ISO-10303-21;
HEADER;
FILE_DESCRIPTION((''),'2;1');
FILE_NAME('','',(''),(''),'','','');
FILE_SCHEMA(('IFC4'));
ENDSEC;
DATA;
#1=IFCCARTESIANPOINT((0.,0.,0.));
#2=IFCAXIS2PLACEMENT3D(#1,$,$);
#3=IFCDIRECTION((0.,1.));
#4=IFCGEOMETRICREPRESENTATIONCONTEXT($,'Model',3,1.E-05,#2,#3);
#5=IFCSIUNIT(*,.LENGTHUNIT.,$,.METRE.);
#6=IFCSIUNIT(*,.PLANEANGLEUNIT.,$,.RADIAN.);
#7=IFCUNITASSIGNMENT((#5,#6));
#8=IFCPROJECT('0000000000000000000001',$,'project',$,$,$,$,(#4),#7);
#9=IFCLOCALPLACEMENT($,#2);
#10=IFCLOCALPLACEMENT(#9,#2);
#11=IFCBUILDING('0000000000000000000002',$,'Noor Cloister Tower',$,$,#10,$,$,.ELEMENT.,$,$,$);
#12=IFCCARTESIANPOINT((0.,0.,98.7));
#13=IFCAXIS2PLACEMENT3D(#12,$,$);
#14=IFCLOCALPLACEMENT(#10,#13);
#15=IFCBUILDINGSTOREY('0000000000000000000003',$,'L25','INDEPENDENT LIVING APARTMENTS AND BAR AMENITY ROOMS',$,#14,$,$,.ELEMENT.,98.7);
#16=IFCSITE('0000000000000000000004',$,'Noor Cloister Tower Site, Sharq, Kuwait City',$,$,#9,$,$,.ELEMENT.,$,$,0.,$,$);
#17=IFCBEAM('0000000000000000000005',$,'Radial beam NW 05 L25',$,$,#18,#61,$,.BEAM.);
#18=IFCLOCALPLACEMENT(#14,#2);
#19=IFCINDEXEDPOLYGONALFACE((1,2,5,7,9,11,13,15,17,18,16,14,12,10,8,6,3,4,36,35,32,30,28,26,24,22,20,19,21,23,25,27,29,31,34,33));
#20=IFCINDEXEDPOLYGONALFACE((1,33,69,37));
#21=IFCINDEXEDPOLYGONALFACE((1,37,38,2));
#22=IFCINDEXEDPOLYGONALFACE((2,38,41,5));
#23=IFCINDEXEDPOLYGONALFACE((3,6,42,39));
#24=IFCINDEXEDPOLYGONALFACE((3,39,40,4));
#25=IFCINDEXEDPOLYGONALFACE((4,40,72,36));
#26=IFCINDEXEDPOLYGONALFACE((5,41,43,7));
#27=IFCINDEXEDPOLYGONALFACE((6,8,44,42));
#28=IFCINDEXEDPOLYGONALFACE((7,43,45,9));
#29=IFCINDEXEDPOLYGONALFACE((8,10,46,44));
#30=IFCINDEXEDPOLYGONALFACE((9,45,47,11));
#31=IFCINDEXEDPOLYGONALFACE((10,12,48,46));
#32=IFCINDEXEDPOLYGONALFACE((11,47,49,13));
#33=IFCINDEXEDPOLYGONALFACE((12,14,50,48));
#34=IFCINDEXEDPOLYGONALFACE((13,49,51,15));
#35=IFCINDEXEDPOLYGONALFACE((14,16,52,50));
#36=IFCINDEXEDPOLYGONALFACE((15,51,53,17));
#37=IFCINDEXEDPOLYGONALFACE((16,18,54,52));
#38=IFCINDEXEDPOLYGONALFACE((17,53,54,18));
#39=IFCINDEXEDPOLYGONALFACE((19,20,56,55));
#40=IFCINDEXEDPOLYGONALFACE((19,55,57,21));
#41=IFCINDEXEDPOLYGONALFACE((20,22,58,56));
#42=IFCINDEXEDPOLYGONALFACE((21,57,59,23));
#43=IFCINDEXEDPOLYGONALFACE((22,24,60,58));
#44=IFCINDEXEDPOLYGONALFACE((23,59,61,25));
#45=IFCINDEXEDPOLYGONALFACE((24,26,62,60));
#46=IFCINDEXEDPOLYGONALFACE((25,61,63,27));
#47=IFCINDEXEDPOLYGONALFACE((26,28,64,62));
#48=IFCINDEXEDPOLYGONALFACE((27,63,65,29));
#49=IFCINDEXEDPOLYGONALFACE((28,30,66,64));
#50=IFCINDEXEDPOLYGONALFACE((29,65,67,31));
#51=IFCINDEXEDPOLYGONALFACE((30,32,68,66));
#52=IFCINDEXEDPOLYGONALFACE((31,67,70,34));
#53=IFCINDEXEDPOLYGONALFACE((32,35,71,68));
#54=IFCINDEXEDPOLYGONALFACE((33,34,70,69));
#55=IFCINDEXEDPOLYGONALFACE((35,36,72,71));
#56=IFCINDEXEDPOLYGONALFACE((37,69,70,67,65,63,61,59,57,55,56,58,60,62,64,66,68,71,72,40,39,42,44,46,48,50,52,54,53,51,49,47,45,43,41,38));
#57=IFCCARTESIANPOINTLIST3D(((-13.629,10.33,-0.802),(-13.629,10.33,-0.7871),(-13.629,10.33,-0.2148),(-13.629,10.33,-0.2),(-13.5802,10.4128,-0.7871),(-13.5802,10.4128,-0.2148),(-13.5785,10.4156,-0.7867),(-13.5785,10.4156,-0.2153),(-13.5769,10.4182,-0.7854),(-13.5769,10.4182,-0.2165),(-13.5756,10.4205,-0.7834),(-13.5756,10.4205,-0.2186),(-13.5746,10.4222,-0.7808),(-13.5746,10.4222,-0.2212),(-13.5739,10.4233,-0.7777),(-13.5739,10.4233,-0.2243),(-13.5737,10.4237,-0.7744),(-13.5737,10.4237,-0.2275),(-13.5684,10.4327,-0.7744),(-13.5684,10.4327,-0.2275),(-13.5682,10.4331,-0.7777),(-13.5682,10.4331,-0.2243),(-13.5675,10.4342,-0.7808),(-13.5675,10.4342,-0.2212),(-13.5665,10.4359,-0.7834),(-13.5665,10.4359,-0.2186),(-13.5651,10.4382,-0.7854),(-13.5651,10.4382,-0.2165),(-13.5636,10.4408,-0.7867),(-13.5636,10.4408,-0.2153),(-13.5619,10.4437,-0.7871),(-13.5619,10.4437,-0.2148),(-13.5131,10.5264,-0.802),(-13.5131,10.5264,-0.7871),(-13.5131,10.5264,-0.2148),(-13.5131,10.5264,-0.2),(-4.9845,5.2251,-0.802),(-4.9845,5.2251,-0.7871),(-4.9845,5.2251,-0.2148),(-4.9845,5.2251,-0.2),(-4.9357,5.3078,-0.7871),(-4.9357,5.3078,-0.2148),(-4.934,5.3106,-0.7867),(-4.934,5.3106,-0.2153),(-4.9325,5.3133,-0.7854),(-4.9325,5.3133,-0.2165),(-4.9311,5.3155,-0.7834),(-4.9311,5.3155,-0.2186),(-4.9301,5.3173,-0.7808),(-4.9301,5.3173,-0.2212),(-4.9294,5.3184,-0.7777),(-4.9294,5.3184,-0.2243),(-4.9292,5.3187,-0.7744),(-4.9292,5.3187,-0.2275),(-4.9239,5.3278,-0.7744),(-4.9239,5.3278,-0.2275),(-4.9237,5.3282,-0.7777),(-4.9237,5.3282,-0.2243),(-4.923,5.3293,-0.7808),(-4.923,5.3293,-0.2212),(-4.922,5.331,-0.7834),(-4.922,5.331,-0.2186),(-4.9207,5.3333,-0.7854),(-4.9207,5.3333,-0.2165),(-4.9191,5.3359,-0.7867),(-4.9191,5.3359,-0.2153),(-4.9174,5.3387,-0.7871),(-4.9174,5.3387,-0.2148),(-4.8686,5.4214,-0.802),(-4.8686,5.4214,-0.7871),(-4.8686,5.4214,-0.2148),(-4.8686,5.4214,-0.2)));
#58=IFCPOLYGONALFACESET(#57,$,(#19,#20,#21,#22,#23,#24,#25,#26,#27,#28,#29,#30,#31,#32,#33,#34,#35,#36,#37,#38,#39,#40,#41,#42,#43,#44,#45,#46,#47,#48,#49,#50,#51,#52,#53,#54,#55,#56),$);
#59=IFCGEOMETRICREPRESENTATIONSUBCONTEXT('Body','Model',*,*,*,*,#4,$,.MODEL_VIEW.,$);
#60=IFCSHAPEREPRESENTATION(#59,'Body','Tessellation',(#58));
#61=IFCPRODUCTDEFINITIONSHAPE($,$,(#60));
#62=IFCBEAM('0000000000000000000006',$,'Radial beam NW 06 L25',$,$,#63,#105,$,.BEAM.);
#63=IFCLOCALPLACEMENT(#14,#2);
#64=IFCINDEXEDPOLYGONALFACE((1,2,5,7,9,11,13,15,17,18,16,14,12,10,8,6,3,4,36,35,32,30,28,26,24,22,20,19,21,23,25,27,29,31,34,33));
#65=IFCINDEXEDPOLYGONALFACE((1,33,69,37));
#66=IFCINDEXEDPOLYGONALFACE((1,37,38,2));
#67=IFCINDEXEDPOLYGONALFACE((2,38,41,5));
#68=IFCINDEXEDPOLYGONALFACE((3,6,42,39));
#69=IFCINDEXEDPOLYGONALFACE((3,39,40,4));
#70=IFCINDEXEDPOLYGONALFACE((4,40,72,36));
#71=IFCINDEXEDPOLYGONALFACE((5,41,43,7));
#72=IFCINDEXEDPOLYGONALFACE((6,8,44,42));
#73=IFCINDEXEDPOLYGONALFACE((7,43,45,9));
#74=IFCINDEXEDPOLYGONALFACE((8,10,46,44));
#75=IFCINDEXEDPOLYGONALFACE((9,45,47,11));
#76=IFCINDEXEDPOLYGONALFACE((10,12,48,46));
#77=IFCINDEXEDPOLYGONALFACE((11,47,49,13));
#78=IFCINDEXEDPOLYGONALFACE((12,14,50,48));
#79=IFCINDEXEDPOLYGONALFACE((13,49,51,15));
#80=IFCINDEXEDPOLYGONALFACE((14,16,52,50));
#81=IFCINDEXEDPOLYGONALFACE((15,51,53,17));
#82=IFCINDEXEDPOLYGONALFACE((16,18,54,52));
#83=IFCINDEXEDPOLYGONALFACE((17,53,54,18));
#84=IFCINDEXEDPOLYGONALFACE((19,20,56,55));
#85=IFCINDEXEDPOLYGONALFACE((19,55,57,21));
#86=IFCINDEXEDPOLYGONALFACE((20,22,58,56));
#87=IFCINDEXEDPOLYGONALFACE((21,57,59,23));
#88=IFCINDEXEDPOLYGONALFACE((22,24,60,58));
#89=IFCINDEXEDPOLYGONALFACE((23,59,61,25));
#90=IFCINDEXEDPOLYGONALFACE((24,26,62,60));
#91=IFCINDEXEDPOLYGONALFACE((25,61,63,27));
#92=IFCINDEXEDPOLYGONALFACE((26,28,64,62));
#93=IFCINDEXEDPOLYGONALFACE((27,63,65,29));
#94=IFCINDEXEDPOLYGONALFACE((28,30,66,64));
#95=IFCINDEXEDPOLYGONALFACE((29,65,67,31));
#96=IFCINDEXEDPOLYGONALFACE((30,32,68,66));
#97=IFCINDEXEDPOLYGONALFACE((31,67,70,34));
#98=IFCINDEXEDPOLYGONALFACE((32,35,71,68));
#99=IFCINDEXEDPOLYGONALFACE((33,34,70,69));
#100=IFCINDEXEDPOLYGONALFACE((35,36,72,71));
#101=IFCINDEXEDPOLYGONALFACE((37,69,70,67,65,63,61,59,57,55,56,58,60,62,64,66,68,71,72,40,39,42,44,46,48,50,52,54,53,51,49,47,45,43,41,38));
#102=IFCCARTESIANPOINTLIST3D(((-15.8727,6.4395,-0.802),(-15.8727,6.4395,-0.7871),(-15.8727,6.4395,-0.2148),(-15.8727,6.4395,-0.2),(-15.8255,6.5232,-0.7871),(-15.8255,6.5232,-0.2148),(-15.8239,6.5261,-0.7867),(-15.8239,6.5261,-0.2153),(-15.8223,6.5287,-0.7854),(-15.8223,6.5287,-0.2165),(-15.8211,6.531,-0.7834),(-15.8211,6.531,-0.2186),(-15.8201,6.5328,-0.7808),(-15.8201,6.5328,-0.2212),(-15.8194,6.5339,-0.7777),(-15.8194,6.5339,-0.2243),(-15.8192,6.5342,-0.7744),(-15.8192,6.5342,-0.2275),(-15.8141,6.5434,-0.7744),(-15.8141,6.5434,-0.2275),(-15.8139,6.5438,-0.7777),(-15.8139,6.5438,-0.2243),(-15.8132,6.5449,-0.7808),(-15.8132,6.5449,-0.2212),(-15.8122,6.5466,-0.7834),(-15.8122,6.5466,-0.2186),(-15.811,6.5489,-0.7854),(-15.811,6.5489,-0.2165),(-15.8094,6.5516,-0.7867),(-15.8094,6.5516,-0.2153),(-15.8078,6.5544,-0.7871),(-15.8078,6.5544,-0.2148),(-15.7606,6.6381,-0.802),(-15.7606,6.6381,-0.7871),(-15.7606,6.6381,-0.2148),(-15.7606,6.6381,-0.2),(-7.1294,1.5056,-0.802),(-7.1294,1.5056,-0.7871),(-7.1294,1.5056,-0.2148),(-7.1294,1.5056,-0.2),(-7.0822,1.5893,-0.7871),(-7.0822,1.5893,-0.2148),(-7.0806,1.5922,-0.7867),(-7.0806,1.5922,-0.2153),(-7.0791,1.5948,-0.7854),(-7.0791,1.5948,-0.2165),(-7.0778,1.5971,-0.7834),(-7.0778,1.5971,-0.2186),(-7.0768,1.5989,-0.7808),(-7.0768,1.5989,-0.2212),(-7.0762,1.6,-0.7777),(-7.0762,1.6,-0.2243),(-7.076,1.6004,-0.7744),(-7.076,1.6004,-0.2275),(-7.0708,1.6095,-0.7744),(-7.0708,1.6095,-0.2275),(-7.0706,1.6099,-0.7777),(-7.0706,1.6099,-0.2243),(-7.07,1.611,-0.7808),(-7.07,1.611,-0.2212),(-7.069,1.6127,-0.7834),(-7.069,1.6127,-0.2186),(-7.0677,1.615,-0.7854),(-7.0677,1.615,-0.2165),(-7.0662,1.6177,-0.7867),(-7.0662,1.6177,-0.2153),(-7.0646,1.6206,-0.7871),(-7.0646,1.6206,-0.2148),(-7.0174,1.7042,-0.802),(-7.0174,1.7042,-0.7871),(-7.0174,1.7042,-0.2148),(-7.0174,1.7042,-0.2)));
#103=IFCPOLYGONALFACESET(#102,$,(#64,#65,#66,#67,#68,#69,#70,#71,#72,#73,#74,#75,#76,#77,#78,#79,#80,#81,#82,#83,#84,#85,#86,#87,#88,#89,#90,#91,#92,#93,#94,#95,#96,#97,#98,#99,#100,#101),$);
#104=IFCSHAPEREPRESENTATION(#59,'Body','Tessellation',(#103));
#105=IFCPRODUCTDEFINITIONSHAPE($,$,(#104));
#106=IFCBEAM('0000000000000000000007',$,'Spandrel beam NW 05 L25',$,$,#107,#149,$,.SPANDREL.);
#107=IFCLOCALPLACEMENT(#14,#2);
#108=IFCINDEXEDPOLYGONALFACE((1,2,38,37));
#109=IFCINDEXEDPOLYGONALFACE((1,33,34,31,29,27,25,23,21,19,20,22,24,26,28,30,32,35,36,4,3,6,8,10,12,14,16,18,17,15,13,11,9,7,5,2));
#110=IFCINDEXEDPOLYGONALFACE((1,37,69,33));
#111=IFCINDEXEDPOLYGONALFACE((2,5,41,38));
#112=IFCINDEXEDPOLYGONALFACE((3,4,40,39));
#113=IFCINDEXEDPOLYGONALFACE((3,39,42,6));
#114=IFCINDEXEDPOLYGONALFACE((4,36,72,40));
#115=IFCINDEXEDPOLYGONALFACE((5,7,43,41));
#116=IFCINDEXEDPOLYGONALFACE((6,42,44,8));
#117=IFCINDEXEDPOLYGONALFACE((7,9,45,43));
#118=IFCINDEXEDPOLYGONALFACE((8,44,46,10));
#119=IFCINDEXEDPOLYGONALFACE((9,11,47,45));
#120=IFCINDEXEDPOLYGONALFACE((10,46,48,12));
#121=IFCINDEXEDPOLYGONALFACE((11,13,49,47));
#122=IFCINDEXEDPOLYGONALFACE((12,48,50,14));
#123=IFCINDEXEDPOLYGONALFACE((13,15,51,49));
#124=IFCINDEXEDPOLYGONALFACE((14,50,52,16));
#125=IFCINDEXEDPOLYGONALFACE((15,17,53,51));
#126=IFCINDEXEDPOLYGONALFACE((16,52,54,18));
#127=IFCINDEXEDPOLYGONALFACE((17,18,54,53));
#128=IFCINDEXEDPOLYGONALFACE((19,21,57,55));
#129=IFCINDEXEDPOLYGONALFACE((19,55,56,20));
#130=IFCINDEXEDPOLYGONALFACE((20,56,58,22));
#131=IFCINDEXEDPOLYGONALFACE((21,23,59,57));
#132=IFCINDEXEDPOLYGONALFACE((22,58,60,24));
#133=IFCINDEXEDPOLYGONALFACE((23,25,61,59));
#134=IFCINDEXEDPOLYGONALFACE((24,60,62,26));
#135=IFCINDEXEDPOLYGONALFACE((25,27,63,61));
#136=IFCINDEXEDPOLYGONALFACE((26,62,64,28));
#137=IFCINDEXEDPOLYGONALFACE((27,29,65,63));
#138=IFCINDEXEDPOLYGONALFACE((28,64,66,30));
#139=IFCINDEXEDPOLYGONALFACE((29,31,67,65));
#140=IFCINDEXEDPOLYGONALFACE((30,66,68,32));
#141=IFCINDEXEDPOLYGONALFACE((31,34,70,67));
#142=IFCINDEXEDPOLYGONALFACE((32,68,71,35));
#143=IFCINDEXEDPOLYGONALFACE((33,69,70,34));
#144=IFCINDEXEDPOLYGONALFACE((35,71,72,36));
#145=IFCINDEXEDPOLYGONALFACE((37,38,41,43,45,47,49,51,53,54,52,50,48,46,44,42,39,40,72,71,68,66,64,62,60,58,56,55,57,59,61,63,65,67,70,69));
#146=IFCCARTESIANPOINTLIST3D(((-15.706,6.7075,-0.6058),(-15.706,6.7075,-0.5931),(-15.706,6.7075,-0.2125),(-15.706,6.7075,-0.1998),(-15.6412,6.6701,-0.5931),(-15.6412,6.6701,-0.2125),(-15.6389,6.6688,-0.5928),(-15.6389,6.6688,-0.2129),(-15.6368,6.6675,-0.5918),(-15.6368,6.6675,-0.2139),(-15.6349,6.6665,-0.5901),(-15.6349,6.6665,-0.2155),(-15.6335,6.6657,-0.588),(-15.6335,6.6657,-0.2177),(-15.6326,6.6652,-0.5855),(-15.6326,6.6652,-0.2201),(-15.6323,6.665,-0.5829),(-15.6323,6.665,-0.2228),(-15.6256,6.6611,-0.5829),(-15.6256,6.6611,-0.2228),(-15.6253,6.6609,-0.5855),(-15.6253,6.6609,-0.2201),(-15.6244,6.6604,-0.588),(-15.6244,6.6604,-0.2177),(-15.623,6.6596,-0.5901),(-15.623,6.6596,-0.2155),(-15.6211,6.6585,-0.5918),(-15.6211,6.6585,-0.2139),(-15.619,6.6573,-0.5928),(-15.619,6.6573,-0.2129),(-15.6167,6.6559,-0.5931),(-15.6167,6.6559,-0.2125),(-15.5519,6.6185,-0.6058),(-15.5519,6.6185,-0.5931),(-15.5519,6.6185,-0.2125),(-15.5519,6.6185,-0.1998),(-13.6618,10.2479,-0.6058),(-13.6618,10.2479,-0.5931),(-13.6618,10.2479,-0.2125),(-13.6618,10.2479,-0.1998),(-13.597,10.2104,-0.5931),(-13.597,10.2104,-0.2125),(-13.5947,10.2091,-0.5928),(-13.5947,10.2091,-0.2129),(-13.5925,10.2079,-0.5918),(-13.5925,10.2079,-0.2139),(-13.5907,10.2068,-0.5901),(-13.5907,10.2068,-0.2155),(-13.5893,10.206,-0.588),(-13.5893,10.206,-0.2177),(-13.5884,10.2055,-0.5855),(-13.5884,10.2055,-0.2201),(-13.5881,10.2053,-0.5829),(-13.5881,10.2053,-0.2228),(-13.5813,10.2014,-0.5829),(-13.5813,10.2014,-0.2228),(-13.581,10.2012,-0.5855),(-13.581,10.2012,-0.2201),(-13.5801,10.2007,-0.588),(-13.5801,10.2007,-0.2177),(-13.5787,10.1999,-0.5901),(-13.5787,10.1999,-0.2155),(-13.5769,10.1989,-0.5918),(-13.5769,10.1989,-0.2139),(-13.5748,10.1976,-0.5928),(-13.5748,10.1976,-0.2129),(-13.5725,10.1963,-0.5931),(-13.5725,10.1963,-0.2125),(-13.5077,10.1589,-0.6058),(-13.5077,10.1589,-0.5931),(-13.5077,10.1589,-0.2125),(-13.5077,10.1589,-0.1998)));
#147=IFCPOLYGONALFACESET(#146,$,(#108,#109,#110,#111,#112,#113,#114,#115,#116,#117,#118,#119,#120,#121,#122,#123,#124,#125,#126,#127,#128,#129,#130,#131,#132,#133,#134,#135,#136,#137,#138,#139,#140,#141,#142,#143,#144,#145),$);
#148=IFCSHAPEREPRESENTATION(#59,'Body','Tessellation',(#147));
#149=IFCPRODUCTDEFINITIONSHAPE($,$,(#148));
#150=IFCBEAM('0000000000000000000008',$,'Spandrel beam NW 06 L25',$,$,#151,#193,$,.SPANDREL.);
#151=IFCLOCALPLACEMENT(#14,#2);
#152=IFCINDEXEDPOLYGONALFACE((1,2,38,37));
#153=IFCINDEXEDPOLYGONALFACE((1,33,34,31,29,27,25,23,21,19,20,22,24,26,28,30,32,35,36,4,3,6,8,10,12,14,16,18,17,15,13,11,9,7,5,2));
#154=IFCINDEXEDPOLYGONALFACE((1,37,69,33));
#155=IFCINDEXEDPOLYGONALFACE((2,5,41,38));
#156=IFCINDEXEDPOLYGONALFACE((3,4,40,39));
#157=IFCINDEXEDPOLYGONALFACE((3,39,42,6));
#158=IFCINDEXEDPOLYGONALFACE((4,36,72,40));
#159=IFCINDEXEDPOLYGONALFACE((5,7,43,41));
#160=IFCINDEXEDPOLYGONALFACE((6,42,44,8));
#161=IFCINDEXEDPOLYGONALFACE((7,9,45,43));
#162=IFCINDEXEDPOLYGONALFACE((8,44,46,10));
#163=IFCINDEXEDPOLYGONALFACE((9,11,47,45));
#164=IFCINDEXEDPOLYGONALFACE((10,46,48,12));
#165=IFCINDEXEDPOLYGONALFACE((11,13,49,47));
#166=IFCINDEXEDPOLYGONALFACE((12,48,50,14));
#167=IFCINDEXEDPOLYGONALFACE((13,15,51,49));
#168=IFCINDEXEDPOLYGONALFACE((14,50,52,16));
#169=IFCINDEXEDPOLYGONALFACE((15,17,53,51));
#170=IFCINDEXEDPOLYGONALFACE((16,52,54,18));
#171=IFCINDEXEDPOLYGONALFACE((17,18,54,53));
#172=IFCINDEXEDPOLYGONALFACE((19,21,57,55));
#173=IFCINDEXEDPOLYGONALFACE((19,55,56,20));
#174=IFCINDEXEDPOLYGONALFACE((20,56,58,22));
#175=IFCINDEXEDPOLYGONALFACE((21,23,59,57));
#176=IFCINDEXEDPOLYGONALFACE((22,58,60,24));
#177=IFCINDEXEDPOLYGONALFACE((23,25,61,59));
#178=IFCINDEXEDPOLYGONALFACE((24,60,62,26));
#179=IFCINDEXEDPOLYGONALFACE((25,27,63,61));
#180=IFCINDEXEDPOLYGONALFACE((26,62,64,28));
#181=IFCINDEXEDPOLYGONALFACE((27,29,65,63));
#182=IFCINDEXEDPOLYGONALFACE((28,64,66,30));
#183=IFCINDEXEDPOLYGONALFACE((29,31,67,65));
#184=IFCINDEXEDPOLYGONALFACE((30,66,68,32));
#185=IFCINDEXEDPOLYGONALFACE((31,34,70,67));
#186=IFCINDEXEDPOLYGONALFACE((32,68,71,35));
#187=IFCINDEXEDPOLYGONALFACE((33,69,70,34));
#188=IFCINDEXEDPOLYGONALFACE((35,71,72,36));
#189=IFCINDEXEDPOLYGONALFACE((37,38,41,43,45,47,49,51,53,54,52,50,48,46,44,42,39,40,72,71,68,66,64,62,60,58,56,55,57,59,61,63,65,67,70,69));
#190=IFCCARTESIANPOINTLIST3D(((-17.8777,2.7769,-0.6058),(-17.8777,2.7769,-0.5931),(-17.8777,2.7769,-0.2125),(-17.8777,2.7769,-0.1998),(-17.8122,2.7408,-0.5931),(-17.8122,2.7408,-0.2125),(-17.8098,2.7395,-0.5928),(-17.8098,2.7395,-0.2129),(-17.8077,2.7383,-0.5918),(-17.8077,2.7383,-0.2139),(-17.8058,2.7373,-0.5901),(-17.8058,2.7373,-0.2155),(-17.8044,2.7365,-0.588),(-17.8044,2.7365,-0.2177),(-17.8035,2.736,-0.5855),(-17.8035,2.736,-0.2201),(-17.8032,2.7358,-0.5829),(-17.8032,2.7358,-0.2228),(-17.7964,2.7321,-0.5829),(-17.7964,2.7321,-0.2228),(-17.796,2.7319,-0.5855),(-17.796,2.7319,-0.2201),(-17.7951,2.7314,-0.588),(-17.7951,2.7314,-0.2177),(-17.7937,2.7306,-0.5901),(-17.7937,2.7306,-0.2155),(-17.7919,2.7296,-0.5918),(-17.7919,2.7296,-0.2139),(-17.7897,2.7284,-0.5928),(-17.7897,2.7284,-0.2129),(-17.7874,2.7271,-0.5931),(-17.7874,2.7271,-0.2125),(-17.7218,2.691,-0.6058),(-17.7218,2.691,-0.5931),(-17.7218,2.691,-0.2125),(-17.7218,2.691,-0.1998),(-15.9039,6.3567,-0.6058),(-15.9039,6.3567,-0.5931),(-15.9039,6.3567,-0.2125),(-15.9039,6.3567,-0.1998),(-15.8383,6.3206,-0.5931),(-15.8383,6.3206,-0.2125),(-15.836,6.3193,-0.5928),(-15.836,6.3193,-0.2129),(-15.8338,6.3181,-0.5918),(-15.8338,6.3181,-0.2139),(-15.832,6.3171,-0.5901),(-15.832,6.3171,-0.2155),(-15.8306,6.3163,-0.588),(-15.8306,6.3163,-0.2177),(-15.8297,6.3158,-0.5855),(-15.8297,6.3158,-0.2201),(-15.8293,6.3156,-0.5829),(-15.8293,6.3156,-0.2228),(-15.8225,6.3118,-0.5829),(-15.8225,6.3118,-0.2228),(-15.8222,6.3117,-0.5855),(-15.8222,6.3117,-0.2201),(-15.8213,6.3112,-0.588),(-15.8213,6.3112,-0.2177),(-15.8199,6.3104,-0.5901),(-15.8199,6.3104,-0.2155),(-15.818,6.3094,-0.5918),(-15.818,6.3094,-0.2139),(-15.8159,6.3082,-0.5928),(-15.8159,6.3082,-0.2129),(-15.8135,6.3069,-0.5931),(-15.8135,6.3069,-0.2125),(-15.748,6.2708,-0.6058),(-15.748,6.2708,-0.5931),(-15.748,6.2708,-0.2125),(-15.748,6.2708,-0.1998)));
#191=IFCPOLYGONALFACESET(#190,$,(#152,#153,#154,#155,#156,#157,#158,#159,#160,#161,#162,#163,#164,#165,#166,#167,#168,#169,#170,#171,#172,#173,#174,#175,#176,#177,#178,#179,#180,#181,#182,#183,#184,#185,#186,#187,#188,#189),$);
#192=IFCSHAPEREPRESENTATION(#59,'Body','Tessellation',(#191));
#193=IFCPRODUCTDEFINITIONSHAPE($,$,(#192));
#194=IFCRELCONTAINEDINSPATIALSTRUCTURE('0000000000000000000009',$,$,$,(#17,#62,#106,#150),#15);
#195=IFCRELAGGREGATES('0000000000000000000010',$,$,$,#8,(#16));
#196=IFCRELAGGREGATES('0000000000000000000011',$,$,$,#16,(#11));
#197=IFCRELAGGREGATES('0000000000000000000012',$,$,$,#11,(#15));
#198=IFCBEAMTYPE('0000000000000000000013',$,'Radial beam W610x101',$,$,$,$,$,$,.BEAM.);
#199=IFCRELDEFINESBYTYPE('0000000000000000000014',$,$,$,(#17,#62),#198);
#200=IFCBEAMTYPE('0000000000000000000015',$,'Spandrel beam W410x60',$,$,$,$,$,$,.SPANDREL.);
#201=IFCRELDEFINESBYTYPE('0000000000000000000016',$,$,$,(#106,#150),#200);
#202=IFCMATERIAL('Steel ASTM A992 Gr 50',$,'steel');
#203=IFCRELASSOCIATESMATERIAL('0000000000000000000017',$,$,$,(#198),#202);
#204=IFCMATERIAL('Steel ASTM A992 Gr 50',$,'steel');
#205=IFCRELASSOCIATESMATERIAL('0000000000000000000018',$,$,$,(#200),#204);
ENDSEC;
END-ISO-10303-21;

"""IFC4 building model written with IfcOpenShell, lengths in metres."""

from ifc_helpers import new_model, si_unit, direction, frame, origin, origin_2d, place, context, subcontext, project, spatial, i_section, extrude, material, material_profile, profile_set, type_object, element, save


model = new_model("IFC4")

# Units and contexts
model_context = context("Model", 3, precision=1e-05, world=origin(), true_north=direction((0.0, 1.0)))
body_context = subcontext(model_context, "Body", "Model", "MODEL_VIEW")
ifc_project = project(units=[si_unit("LENGTHUNIT", "METRE"), si_unit("PLANEANGLEUNIT", "RADIAN")], contexts=[model_context])

# Site, building, storey
site_placement = place(None, origin())
site = spatial("IfcSite", under=ifc_project, at=site_placement, Name="Noor Cloister Tower Site, Sharq, Kuwait City", CompositionType="ELEMENT", RefElevation=0.0)
building_placement = place(site_placement, origin())
building = spatial("IfcBuilding", under=site, at=building_placement, Name="Noor Cloister Tower", CompositionType="ELEMENT")
storey_placement = place(building_placement, frame((0.0, 0.0, 98.7)))
storey = spatial("IfcBuildingStorey", under=building, at=storey_placement, Name="L25", Description="INDEPENDENT LIVING APARTMENTS AND BAR AMENITY ROOMS", CompositionType="ELEMENT", Elevation=98.7)

# Beams
ifc_material_1 = material(Name="Steel ASTM A992 Gr 50", Category="steel")
ifc_material_profile_1 = material_profile(ifc_material_1, i_section(OverallWidth=0.228, OverallDepth=0.6021, WebThickness=0.0105, FlangeThickness=0.0149, FilletRadius=0.0127, at=origin_2d()), Name="W610x101")
ifc_profile_set_1 = profile_set([ifc_material_profile_1], Name="Steel ASTM A992 Gr 50")
beam_type_1 = type_object("IfcBeamType", Name="Radial beam W610x101", PredefinedType="BEAM", material=ifc_profile_set_1)
for number, where, z_axis, x_axis, name in (
    (1, (-13.571, 10.4282, -0.501), (0.861064, -0.508497, 0.0), (0.508497, 0.861064, 0.0), "Radial beam NW 05 L25"),
    (2, (-15.8167, 6.5388, -0.501), (0.870902, -0.491457, 0.0), (0.491457, 0.870902, 0.0), "Radial beam NW 06 L25"),
):
    element("IfcBeam", number, at=place(storey_placement, frame(where, z_axis=z_axis, x_axis=x_axis)), inside=storey, type_object=beam_type_1, Name=name, PredefinedType="BEAM", context=body_context, shape_type="SweptSolid", body=[
        extrude(i_section(OverallWidth=0.228, OverallDepth=0.6021, WebThickness=0.0105, FlangeThickness=0.0149, FilletRadius=0.0127, at=origin_2d()), origin(), (0.0, 0.0, 1.0), 10.0393),
    ])
ifc_material_2 = material(Name="Steel ASTM A992 Gr 50", Category="steel")
ifc_material_profile_2 = material_profile(ifc_material_2, i_section(OverallWidth=0.178, OverallDepth=0.406, WebThickness=0.0078, FlangeThickness=0.0127, FilletRadius=0.0103, at=origin_2d()), Name="W410x60")
ifc_profile_set_2 = profile_set([ifc_material_profile_2], Name="Steel ASTM A992 Gr 50")
beam_type_2 = type_object("IfcBeamType", Name="Spandrel beam W410x60", PredefinedType="SPANDREL", material=ifc_profile_set_2)
beam_1_placement = place(storey_placement, frame((-13.5847, 10.2034, -0.4028), z_axis=(-0.500038, -0.866004, 0.0), x_axis=(0.866004, -0.500038, 0.0)))
element("IfcBeam", 3, at=beam_1_placement, inside=storey, type_object=beam_type_2, Name="Spandrel beam NW 05 L25", PredefinedType="SPANDREL", context=body_context, shape_type="SweptSolid", body=[
    extrude(i_section(OverallWidth=0.178, OverallDepth=0.406, WebThickness=0.0078, FlangeThickness=0.0127, FilletRadius=0.0103, at=origin_2d()), origin(), (0.0, 0.0, 1.0), 4.0881),
])
beam_2_placement = place(storey_placement, frame((-15.8259, 6.3137, -0.4028), z_axis=(-0.482852, -0.875702, 0.0), x_axis=(0.875702, -0.482852, 0.0)))
element("IfcBeam", 4, at=beam_2_placement, inside=storey, type_object=beam_type_2, Name="Spandrel beam NW 06 L25", PredefinedType="SPANDREL", context=body_context, shape_type="SweptSolid", body=[
    extrude(i_section(OverallWidth=0.178, OverallDepth=0.406, WebThickness=0.0078, FlangeThickness=0.0127, FilletRadius=0.0103, at=origin_2d()), origin(), (0.0, 0.0, 1.0), 4.0879),
])

save(model, "model.ifc")
